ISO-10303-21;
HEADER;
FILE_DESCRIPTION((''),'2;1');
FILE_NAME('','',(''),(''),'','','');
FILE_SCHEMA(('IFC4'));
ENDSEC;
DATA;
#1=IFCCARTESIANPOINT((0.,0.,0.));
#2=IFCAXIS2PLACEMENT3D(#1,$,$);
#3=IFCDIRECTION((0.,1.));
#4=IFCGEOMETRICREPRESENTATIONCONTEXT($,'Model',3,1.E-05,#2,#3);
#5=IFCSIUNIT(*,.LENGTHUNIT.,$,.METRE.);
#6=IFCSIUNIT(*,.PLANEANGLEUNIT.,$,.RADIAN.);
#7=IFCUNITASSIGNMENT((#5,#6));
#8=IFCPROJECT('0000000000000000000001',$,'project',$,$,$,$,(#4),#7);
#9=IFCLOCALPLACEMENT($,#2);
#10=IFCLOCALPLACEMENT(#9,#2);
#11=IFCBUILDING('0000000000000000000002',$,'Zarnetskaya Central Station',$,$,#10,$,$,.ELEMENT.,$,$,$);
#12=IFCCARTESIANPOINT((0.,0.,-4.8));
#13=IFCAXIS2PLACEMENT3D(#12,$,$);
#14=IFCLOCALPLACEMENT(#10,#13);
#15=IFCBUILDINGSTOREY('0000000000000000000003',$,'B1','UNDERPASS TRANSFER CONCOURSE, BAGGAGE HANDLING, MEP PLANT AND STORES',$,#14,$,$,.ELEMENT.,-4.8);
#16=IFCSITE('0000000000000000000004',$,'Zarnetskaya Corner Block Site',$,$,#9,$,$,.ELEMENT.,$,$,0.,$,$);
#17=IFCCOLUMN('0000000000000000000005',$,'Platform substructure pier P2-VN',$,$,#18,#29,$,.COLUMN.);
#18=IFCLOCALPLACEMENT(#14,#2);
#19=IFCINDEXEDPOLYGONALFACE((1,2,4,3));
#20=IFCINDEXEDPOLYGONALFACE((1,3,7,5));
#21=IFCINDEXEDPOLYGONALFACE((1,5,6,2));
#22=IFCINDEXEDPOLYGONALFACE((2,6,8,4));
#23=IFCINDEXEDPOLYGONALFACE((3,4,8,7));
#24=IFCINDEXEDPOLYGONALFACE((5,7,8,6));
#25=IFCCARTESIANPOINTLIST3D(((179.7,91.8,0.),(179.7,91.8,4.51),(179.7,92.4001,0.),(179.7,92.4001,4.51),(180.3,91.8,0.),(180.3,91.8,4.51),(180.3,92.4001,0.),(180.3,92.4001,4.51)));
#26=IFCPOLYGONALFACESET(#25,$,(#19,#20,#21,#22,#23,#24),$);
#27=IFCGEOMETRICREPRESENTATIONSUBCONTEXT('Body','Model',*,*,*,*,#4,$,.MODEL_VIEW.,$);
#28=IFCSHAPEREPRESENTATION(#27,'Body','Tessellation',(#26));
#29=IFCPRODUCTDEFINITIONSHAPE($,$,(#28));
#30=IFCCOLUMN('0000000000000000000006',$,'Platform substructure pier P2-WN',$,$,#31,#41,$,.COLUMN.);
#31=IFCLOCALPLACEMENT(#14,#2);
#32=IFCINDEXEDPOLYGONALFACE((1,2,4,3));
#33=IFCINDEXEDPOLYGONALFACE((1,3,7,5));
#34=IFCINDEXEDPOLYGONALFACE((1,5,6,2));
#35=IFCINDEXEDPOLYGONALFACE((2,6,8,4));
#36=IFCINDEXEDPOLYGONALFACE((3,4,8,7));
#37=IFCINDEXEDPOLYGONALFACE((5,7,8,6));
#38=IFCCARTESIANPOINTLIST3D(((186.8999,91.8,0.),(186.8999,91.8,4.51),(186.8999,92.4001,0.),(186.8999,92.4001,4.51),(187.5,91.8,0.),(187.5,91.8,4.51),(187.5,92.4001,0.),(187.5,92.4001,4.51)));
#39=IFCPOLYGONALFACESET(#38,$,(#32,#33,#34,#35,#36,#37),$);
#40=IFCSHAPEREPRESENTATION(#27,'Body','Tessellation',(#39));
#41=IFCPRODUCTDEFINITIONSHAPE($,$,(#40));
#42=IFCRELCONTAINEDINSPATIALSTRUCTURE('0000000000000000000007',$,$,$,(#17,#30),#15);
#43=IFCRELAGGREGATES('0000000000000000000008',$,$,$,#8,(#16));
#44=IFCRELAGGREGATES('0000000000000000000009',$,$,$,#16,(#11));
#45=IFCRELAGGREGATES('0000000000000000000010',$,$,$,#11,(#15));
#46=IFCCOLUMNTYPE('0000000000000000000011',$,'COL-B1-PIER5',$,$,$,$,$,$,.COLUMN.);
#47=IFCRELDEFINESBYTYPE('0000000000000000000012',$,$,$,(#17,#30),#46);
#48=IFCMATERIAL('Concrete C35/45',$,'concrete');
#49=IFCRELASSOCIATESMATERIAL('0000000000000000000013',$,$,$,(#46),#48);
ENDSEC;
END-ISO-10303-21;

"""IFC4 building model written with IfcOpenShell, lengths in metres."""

from ifc_helpers import new_model, si_unit, direction, frame, origin, origin_2d, place, context, subcontext, project, spatial, rectangle, extrude, material, material_profile, profile_set, type_object, element, save


model = new_model("IFC4")

# Units and contexts
model_context = context("Model", 3, precision=1e-05, world=origin(), true_north=direction((0.0, 1.0)))
body_context = subcontext(model_context, "Body", "Model", "MODEL_VIEW")
ifc_project = project(units=[si_unit("LENGTHUNIT", "METRE"), si_unit("PLANEANGLEUNIT", "RADIAN")], contexts=[model_context])

# Site, building, storey
site_placement = place(None, origin())
site = spatial("IfcSite", under=ifc_project, at=site_placement, Name="Zarnetskaya Corner Block Site", CompositionType="ELEMENT", RefElevation=0.0)
building_placement = place(site_placement, origin())
building = spatial("IfcBuilding", under=site, at=building_placement, Name="Zarnetskaya Central Station", CompositionType="ELEMENT")
storey_placement = place(building_placement, frame((0.0, 0.0, -4.8)))
storey = spatial("IfcBuildingStorey", under=building, at=storey_placement, Name="B1", Description="UNDERPASS TRANSFER CONCOURSE, BAGGAGE HANDLING, MEP PLANT AND STORES", CompositionType="ELEMENT", Elevation=-4.8)

# Shared definitions
ifc_material = material(Name="Concrete C35/45", Category="concrete")

# Columns
ifc_material_profile_1 = material_profile(ifc_material, rectangle(XDim=0.6001, YDim=0.6001, at=origin_2d()), Name="RC 600x600")
ifc_profile_set_1 = profile_set([ifc_material_profile_1], Name="Concrete C35/45")
column_type_1 = type_object("IfcColumnType", Name="COL-B1-PIER5", PredefinedType="COLUMN", material=ifc_profile_set_1)
for number, where, z_axis, x_axis, name in (
    (1, (180.0, 92.1001, 0.0), (0.0, 0.0, 1.0), (1.0, 0.0, 0.0), "Platform substructure pier P2-VN"),
    (2, (187.2, 92.1001, 0.0), (0.0, 0.0, 1.0), (1.0, 0.0, 0.0), "Platform substructure pier P2-WN"),
):
    element("IfcColumn", number, at=place(storey_placement, frame(where, z_axis=z_axis, x_axis=x_axis)), inside=storey, type_object=column_type_1, Name=name, PredefinedType="COLUMN", context=body_context, shape_type="SweptSolid", body=[
        extrude(rectangle(XDim=0.6001, YDim=0.6001, at=origin_2d()), origin(), (0.0, 0.0, 1.0), 4.51),
    ])

save(model, "model.ifc")
